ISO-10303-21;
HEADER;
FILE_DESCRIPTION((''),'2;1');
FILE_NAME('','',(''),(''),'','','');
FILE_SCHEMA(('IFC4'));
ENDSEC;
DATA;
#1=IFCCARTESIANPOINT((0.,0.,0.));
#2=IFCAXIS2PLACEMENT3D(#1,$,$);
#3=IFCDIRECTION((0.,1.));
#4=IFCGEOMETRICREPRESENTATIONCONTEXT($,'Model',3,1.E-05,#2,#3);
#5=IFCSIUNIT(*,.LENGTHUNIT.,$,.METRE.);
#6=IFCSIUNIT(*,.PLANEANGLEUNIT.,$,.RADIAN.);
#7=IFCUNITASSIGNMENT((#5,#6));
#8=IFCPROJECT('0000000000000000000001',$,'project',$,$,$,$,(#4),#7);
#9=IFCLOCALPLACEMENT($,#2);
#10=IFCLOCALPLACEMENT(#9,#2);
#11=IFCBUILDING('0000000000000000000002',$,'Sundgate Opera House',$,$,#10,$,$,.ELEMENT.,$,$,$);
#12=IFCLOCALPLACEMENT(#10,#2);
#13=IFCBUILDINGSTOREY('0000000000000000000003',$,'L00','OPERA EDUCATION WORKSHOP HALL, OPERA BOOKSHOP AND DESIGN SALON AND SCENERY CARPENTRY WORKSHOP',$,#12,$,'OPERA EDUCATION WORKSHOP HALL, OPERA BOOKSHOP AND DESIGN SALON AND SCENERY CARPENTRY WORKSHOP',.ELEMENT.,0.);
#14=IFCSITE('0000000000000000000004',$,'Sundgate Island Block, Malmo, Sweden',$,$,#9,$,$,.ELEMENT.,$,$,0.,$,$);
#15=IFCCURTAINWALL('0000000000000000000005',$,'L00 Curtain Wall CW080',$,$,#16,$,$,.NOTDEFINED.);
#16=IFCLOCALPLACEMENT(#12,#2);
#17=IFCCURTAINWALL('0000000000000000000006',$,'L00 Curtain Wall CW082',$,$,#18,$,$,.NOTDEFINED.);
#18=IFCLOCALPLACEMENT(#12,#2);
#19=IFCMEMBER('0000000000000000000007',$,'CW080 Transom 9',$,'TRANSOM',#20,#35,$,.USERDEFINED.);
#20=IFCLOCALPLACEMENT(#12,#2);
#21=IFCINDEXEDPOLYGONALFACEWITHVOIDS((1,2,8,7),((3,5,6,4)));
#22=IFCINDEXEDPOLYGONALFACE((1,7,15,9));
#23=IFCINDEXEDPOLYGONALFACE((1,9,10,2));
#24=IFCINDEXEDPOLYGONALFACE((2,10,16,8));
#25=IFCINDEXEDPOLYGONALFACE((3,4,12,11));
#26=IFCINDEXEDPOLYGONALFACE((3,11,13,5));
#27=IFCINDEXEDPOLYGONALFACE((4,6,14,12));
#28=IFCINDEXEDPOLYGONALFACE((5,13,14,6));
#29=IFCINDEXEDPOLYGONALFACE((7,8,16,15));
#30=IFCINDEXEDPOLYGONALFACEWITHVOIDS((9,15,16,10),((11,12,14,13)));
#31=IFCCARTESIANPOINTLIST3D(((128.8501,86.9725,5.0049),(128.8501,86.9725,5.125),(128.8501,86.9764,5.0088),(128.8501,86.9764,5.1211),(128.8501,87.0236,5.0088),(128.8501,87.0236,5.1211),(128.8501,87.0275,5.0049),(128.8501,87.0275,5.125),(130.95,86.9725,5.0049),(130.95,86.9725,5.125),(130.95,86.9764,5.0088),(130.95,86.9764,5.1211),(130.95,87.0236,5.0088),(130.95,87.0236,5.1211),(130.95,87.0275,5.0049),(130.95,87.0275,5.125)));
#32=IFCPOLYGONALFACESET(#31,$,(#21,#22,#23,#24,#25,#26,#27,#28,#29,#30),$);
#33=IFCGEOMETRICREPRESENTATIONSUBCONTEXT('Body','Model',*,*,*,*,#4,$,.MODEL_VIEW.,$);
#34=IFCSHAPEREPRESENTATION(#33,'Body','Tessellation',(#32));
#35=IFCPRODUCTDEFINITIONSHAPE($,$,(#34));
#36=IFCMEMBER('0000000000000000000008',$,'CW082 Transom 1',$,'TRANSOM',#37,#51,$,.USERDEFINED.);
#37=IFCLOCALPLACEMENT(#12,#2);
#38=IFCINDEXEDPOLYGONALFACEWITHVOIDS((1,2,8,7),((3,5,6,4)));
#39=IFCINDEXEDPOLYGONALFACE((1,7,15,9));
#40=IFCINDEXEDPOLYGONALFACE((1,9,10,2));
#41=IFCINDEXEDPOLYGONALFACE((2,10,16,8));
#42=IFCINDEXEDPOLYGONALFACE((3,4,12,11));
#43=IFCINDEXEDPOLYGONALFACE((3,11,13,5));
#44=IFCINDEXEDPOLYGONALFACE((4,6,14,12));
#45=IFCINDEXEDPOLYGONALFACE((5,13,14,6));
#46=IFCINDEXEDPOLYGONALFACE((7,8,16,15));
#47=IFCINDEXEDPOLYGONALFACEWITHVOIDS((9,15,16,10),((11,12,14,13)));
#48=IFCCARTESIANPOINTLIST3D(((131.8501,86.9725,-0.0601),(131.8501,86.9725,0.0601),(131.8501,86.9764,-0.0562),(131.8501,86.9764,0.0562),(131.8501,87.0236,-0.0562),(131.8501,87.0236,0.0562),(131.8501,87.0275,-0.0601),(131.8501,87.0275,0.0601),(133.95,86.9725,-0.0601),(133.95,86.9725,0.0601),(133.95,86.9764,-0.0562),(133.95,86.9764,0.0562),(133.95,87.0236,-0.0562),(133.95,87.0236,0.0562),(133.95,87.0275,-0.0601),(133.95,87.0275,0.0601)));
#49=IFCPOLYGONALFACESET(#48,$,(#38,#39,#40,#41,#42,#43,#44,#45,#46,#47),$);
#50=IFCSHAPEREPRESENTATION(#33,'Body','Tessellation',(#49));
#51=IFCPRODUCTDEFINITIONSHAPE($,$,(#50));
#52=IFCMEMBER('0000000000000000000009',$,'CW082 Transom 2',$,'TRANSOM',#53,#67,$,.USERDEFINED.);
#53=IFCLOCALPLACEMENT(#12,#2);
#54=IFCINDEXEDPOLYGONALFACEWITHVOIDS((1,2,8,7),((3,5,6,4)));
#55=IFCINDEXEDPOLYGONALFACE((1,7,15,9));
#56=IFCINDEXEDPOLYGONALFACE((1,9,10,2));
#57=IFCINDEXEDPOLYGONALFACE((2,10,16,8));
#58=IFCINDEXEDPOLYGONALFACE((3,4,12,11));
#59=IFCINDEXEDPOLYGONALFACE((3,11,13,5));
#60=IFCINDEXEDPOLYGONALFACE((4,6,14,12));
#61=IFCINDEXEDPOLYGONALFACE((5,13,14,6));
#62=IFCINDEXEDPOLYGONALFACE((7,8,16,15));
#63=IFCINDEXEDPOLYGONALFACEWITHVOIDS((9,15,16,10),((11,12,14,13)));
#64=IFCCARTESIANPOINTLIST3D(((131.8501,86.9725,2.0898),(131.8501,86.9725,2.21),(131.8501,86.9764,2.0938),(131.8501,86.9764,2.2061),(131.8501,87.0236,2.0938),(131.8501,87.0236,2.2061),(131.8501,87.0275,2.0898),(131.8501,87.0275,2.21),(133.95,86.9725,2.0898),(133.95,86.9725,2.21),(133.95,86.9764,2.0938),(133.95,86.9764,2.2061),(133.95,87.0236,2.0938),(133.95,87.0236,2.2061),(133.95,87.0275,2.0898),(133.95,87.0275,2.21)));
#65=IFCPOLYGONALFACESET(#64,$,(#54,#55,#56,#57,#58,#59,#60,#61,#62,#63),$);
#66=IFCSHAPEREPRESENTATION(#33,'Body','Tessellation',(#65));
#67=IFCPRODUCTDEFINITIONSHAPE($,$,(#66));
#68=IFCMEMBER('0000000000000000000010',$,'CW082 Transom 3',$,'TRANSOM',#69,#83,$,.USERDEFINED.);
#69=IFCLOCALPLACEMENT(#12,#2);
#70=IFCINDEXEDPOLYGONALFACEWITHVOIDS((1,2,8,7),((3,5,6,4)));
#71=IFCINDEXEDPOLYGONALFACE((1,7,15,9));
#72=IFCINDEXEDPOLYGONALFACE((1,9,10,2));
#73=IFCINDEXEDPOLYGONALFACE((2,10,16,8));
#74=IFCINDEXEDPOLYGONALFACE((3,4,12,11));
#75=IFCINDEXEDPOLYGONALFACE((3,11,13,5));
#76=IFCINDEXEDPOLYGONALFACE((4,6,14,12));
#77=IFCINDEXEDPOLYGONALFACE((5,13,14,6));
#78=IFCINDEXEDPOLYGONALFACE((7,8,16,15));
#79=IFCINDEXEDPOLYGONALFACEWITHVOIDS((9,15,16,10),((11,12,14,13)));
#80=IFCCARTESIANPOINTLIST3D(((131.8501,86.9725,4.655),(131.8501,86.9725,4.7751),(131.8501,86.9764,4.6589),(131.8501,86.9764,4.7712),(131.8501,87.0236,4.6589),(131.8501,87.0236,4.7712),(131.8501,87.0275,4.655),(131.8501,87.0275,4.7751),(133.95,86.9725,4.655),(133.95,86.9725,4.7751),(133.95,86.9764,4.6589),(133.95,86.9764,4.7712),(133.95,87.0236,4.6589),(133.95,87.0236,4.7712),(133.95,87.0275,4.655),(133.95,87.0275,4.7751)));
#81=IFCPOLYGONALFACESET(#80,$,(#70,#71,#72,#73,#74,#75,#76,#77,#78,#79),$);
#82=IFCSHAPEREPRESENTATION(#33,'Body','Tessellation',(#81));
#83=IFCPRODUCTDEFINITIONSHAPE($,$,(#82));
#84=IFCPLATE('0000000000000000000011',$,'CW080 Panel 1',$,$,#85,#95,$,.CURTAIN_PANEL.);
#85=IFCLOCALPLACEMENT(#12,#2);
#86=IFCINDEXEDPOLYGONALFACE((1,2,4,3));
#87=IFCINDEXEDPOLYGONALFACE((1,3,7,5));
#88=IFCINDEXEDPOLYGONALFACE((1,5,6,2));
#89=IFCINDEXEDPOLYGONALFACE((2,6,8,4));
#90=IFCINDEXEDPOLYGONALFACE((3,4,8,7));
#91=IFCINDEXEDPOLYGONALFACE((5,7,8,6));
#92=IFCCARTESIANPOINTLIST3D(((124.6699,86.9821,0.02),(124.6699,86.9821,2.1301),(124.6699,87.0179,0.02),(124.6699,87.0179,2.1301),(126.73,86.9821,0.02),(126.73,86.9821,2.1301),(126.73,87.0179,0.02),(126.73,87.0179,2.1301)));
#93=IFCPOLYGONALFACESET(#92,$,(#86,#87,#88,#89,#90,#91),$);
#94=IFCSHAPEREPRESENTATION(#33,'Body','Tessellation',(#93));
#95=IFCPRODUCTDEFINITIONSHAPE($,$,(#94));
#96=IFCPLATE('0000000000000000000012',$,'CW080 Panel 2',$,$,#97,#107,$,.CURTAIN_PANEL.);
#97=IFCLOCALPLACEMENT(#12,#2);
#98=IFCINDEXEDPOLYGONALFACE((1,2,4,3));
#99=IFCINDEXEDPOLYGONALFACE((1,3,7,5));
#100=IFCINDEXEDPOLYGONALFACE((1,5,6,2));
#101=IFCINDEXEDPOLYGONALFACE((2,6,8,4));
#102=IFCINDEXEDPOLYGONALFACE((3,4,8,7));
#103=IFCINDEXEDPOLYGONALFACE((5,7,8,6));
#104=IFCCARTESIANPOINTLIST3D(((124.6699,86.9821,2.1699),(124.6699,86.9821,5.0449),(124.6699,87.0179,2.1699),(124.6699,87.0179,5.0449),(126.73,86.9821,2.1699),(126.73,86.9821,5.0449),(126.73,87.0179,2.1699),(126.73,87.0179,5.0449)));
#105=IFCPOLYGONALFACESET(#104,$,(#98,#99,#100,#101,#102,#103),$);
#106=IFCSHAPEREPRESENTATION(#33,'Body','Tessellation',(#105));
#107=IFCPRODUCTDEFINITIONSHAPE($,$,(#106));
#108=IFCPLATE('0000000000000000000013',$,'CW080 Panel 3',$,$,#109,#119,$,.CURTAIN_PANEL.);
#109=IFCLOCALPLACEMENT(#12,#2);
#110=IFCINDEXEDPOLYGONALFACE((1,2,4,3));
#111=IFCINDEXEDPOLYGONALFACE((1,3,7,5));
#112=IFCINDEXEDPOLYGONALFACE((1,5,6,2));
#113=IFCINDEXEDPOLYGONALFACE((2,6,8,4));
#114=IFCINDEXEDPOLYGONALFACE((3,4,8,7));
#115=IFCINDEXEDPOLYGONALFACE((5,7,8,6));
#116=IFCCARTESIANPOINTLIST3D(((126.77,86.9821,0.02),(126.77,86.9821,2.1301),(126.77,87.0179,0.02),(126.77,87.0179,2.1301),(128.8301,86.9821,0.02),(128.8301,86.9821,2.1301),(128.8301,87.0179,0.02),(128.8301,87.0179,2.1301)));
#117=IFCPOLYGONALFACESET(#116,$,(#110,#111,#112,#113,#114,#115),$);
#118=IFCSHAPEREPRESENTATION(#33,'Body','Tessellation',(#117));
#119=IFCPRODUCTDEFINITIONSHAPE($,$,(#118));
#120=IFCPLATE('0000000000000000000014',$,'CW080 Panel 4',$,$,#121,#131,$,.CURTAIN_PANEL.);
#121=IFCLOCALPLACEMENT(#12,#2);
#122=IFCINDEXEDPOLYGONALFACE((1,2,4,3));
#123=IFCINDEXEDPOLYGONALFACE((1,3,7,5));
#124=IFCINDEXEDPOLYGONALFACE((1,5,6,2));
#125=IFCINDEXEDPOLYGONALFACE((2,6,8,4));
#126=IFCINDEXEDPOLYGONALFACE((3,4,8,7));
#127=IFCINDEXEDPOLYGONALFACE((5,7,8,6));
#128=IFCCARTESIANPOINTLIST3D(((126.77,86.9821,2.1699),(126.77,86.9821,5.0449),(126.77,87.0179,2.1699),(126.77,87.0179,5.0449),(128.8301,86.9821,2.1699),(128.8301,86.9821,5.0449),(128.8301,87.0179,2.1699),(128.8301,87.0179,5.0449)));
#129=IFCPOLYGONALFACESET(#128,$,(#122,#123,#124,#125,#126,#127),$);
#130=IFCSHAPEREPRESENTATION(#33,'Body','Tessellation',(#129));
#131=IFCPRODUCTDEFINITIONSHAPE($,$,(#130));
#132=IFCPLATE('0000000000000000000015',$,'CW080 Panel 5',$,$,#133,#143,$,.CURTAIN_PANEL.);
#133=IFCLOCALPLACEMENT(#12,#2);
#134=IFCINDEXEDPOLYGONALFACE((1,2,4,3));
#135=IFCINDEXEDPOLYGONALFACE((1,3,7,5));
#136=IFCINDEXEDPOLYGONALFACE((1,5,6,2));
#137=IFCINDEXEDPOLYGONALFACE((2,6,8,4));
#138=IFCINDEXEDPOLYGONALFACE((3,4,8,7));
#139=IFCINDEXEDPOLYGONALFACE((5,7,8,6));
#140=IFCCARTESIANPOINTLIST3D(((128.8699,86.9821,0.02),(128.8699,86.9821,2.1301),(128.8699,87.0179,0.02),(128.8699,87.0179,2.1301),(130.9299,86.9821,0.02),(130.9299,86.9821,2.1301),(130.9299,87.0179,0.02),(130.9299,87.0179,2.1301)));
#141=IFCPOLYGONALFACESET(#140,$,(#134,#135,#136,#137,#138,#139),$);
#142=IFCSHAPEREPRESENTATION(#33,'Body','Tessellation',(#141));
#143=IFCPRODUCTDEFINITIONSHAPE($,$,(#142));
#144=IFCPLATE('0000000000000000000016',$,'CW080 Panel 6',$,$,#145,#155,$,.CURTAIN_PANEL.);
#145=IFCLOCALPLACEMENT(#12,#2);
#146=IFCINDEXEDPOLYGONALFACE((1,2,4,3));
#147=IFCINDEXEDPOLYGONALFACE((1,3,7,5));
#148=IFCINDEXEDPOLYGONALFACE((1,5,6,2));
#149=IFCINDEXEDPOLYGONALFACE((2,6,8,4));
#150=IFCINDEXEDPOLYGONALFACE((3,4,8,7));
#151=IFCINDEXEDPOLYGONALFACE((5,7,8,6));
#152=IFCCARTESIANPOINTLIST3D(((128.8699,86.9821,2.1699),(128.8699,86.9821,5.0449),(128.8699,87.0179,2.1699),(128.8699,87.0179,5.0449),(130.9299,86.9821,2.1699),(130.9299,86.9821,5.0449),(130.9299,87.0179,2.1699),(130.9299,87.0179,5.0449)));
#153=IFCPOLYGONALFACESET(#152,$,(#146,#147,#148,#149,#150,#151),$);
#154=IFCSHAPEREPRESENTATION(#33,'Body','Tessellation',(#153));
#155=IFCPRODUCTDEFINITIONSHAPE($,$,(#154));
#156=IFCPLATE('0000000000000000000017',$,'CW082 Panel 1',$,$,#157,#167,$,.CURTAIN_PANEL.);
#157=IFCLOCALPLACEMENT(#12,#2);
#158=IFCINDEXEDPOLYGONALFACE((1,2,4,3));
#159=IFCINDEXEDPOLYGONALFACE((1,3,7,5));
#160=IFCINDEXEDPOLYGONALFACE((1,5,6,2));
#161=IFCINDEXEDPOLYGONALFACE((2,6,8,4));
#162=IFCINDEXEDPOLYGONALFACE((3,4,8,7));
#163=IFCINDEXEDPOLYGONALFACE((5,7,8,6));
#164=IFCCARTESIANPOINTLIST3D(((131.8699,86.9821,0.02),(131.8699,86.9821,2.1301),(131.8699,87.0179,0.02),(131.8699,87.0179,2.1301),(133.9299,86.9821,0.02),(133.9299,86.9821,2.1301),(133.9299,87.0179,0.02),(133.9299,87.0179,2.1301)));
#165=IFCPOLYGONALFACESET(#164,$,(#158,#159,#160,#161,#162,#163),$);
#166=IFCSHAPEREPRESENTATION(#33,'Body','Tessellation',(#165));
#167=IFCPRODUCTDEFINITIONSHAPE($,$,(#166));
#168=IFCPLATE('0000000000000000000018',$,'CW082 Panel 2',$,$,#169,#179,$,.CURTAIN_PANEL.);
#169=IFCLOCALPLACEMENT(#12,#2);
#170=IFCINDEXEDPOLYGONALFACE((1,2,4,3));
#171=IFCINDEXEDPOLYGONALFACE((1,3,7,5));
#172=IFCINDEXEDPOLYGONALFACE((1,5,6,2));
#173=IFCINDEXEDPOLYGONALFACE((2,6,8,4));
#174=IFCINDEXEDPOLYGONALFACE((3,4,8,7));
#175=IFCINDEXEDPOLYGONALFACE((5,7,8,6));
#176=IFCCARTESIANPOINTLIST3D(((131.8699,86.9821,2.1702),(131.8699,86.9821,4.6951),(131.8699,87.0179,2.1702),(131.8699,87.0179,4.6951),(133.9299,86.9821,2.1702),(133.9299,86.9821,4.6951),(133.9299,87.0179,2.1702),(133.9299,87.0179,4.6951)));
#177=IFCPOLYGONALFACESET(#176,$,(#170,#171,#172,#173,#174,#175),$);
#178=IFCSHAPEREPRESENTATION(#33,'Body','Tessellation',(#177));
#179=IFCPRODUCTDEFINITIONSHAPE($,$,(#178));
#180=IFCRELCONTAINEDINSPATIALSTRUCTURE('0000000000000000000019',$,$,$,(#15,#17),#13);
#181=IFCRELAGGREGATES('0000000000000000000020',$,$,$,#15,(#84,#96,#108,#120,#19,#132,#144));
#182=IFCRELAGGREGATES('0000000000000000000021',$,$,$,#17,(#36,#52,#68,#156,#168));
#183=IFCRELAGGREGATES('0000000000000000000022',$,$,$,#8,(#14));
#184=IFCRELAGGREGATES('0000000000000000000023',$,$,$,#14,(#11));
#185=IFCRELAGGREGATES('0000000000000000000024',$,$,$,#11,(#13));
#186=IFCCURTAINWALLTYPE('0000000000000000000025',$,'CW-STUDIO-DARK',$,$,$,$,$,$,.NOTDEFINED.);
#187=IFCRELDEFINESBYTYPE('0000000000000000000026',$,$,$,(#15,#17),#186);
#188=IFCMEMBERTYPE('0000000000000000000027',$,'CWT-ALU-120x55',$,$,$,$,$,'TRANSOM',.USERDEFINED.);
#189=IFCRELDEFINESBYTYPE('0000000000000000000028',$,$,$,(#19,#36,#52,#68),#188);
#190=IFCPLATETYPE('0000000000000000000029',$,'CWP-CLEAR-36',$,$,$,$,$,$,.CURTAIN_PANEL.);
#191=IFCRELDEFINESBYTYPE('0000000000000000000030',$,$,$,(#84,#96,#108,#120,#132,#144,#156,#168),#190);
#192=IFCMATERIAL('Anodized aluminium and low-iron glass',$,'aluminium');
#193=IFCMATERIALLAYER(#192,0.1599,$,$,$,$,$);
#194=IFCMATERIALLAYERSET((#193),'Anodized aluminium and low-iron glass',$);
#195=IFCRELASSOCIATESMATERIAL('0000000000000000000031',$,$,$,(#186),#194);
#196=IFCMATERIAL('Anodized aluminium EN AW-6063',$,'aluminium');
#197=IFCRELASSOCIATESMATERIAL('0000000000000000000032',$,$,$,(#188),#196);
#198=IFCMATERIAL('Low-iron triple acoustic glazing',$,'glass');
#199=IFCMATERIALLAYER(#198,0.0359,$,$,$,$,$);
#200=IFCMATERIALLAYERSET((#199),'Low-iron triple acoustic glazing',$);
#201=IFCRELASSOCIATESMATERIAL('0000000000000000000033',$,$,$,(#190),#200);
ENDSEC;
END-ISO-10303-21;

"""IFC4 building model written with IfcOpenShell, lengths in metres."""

from ifc_helpers import new_model, si_unit, direction, frame, origin, origin_2d, place, context, subcontext, project, spatial, rectangle, hollow_rectangle, extrude, material, layer, layer_set, material_profile, profile_set, type_object, element, aggregate, save


model = new_model("IFC4")

# Units and contexts
model_context = context("Model", 3, precision=1e-05, world=origin(), true_north=direction((0.0, 1.0)))
body_context = subcontext(model_context, "Body", "Model", "MODEL_VIEW")
ifc_project = project(units=[si_unit("LENGTHUNIT", "METRE"), si_unit("PLANEANGLEUNIT", "RADIAN")], contexts=[model_context])

# Site, building, storey
site_placement = place(None, origin())
site = spatial("IfcSite", under=ifc_project, at=site_placement, Name="Sundgate Island Block, Malmo, Sweden", CompositionType="ELEMENT", RefElevation=0.0)
building_placement = place(site_placement, origin())
building = spatial("IfcBuilding", under=site, at=building_placement, Name="Sundgate Opera House", CompositionType="ELEMENT")
storey_placement = place(building_placement, origin())
storey = spatial("IfcBuildingStorey", under=building, at=storey_placement, Name="L00", Description="OPERA EDUCATION WORKSHOP HALL, OPERA BOOKSHOP AND DESIGN SALON AND SCENERY CARPENTRY WORKSHOP", LongName="OPERA EDUCATION WORKSHOP HALL, OPERA BOOKSHOP AND DESIGN SALON AND SCENERY CARPENTRY WORKSHOP", CompositionType="ELEMENT", Elevation=0.0)

# Curtain wall
ifc_material_1 = material(Name="Anodized aluminium and low-iron glass", Category="aluminium")
ifc_layer_1 = layer(ifc_material_1, 0.1599)
ifc_layer_set_1 = layer_set([ifc_layer_1], Name="Anodized aluminium and low-iron glass")
curtain_wall_type = type_object("IfcCurtainWallType", Name="CW-STUDIO-DARK", PredefinedType="NOTDEFINED", material=ifc_layer_set_1)
curtain_wall_1_placement = place(storey_placement, origin())
curtain_wall_1 = element("IfcCurtainWall", 1, at=curtain_wall_1_placement, inside=storey, type_object=curtain_wall_type, Name="L00 Curtain Wall CW080", PredefinedType="NOTDEFINED")

# Curtain wall
curtain_wall_2_placement = place(storey_placement, origin())
curtain_wall_2 = element("IfcCurtainWall", 2, at=curtain_wall_2_placement, inside=storey, type_object=curtain_wall_type, Name="L00 Curtain Wall CW082", PredefinedType="NOTDEFINED")

# Members
ifc_material_2 = material(Name="Anodized aluminium EN AW-6063", Category="aluminium")
ifc_material_profile_1 = material_profile(ifc_material_2, hollow_rectangle(XDim=0.0549, YDim=0.1201, WallThickness=0.0039, at=origin_2d()), Name="CWT 120x55x4")
ifc_profile_set_1 = profile_set([ifc_material_profile_1], Name="Anodized aluminium EN AW-6063")
member_type_1 = type_object("IfcMemberType", Name="CWT-ALU-120x55", ElementType="TRANSOM", PredefinedType="USERDEFINED", material=ifc_profile_set_1)
member_1_placement = place(storey_placement, frame((128.8501, 87.0, 5.0649), z_axis=(1.0, 0.0, 0.0), x_axis=(0.0, 1.0, 0.0)))
member_1 = element("IfcMember", 3, at=member_1_placement, type_object=member_type_1, Name="CW080 Transom 9", ObjectType="TRANSOM", PredefinedType="USERDEFINED", context=body_context, shape_type="SweptSolid", body=[
    extrude(hollow_rectangle(XDim=0.0549, YDim=0.1201, WallThickness=0.0039, at=origin_2d()), origin(), (0.0, 0.0, 1.0), 2.0999),
])
member_2_placement = place(storey_placement, frame((131.8501, 87.0, 0.0), z_axis=(1.0, 0.0, 0.0), x_axis=(0.0, 1.0, 0.0)))
member_2 = element("IfcMember", 4, at=member_2_placement, type_object=member_type_1, Name="CW082 Transom 1", ObjectType="TRANSOM", PredefinedType="USERDEFINED", context=body_context, shape_type="SweptSolid", body=[
    extrude(hollow_rectangle(XDim=0.0549, YDim=0.1201, WallThickness=0.0039, at=origin_2d()), origin(), (0.0, 0.0, 1.0), 2.0999),
])
member_3_placement = place(storey_placement, frame((131.8501, 87.0, 2.1499), z_axis=(1.0, 0.0, 0.0), x_axis=(0.0, 1.0, 0.0)))
member_3 = element("IfcMember", 5, at=member_3_placement, type_object=member_type_1, Name="CW082 Transom 2", ObjectType="TRANSOM", PredefinedType="USERDEFINED", context=body_context, shape_type="SweptSolid", body=[
    extrude(hollow_rectangle(XDim=0.0549, YDim=0.1201, WallThickness=0.0039, at=origin_2d()), origin(), (0.0, 0.0, 1.0), 2.0999),
])
member_4_placement = place(storey_placement, frame((131.8501, 87.0, 4.7151), z_axis=(1.0, 0.0, 0.0), x_axis=(0.0, 1.0, 0.0)))
member_4 = element("IfcMember", 6, at=member_4_placement, type_object=member_type_1, Name="CW082 Transom 3", ObjectType="TRANSOM", PredefinedType="USERDEFINED", context=body_context, shape_type="SweptSolid", body=[
    extrude(hollow_rectangle(XDim=0.0549, YDim=0.1201, WallThickness=0.0039, at=origin_2d()), origin(), (0.0, 0.0, 1.0), 2.0999),
])

# Plates
ifc_material_3 = material(Name="Low-iron triple acoustic glazing", Category="glass")
ifc_layer_2 = layer(ifc_material_3, 0.0359)
ifc_layer_set_2 = layer_set([ifc_layer_2], Name="Low-iron triple acoustic glazing")
plate_type = type_object("IfcPlateType", Name="CWP-CLEAR-36", PredefinedType="CURTAIN_PANEL", material=ifc_layer_set_2)
plate_1_placement = place(storey_placement, frame((125.7, 87.0, 0.02), z_axis=(0.0, 0.0, 1.0), x_axis=(1.0, 0.0, 0.0)))
plate_1 = element("IfcPlate", 7, at=plate_1_placement, type_object=plate_type, Name="CW080 Panel 1", PredefinedType="CURTAIN_PANEL", context=body_context, shape_type="SweptSolid", body=[
    extrude(rectangle(XDim=2.0601, YDim=0.0359, at=origin_2d()), origin(), (0.0, 0.0, 1.0), 2.1101),
])
plate_2_placement = place(storey_placement, frame((125.7, 87.0, 2.1699), z_axis=(0.0, 0.0, 1.0), x_axis=(1.0, 0.0, 0.0)))
plate_2 = element("IfcPlate", 8, at=plate_2_placement, type_object=plate_type, Name="CW080 Panel 2", PredefinedType="CURTAIN_PANEL", context=body_context, shape_type="SweptSolid", body=[
    extrude(rectangle(XDim=2.0601, YDim=0.0359, at=origin_2d()), origin(), (0.0, 0.0, 1.0), 2.875),
])
plate_3_placement = place(storey_placement, frame((127.8, 87.0, 0.02), z_axis=(0.0, 0.0, 1.0), x_axis=(1.0, 0.0, 0.0)))
plate_3 = element("IfcPlate", 9, at=plate_3_placement, type_object=plate_type, Name="CW080 Panel 3", PredefinedType="CURTAIN_PANEL", context=body_context, shape_type="SweptSolid", body=[
    extrude(rectangle(XDim=2.0601, YDim=0.0359, at=origin_2d()), origin(), (0.0, 0.0, 1.0), 2.1101),
])
plate_4_placement = place(storey_placement, frame((127.8, 87.0, 2.1699), z_axis=(0.0, 0.0, 1.0), x_axis=(1.0, 0.0, 0.0)))
plate_4 = element("IfcPlate", 10, at=plate_4_placement, type_object=plate_type, Name="CW080 Panel 4", PredefinedType="CURTAIN_PANEL", context=body_context, shape_type="SweptSolid", body=[
    extrude(rectangle(XDim=2.0601, YDim=0.0359, at=origin_2d()), origin(), (0.0, 0.0, 1.0), 2.875),
])
plate_5_placement = place(storey_placement, frame((129.8999, 87.0, 0.02), z_axis=(0.0, 0.0, 1.0), x_axis=(1.0, 0.0, 0.0)))
plate_5 = element("IfcPlate", 11, at=plate_5_placement, type_object=plate_type, Name="CW080 Panel 5", PredefinedType="CURTAIN_PANEL", context=body_context, shape_type="SweptSolid", body=[
    extrude(rectangle(XDim=2.0601, YDim=0.0359, at=origin_2d()), origin(), (0.0, 0.0, 1.0), 2.1101),
])
plate_6_placement = place(storey_placement, frame((129.8999, 87.0, 2.1699), z_axis=(0.0, 0.0, 1.0), x_axis=(1.0, 0.0, 0.0)))
plate_6 = element("IfcPlate", 12, at=plate_6_placement, type_object=plate_type, Name="CW080 Panel 6", PredefinedType="CURTAIN_PANEL", context=body_context, shape_type="SweptSolid", body=[
    extrude(rectangle(XDim=2.0601, YDim=0.0359, at=origin_2d()), origin(), (0.0, 0.0, 1.0), 2.875),
])
aggregate(curtain_wall_1, [plate_1, plate_2, plate_3, plate_4, member_1, plate_5, plate_6])
plate_7_placement = place(storey_placement, frame((132.8999, 87.0, 0.02), z_axis=(0.0, 0.0, 1.0), x_axis=(1.0, 0.0, 0.0)))
plate_7 = element("IfcPlate", 13, at=plate_7_placement, type_object=plate_type, Name="CW082 Panel 1", PredefinedType="CURTAIN_PANEL", context=body_context, shape_type="SweptSolid", body=[
    extrude(rectangle(XDim=2.0601, YDim=0.0359, at=origin_2d()), origin(), (0.0, 0.0, 1.0), 2.1101),
])
plate_8_placement = place(storey_placement, frame((132.8999, 87.0, 2.1702), z_axis=(0.0, 0.0, 1.0), x_axis=(1.0, 0.0, 0.0)))
plate_8 = element("IfcPlate", 14, at=plate_8_placement, type_object=plate_type, Name="CW082 Panel 2", PredefinedType="CURTAIN_PANEL", context=body_context, shape_type="SweptSolid", body=[
    extrude(rectangle(XDim=2.0601, YDim=0.0359, at=origin_2d()), origin(), (0.0, 0.0, 1.0), 2.5249),
])
aggregate(curtain_wall_2, [member_2, member_3, member_4, plate_7, plate_8])

save(model, "model.ifc")
